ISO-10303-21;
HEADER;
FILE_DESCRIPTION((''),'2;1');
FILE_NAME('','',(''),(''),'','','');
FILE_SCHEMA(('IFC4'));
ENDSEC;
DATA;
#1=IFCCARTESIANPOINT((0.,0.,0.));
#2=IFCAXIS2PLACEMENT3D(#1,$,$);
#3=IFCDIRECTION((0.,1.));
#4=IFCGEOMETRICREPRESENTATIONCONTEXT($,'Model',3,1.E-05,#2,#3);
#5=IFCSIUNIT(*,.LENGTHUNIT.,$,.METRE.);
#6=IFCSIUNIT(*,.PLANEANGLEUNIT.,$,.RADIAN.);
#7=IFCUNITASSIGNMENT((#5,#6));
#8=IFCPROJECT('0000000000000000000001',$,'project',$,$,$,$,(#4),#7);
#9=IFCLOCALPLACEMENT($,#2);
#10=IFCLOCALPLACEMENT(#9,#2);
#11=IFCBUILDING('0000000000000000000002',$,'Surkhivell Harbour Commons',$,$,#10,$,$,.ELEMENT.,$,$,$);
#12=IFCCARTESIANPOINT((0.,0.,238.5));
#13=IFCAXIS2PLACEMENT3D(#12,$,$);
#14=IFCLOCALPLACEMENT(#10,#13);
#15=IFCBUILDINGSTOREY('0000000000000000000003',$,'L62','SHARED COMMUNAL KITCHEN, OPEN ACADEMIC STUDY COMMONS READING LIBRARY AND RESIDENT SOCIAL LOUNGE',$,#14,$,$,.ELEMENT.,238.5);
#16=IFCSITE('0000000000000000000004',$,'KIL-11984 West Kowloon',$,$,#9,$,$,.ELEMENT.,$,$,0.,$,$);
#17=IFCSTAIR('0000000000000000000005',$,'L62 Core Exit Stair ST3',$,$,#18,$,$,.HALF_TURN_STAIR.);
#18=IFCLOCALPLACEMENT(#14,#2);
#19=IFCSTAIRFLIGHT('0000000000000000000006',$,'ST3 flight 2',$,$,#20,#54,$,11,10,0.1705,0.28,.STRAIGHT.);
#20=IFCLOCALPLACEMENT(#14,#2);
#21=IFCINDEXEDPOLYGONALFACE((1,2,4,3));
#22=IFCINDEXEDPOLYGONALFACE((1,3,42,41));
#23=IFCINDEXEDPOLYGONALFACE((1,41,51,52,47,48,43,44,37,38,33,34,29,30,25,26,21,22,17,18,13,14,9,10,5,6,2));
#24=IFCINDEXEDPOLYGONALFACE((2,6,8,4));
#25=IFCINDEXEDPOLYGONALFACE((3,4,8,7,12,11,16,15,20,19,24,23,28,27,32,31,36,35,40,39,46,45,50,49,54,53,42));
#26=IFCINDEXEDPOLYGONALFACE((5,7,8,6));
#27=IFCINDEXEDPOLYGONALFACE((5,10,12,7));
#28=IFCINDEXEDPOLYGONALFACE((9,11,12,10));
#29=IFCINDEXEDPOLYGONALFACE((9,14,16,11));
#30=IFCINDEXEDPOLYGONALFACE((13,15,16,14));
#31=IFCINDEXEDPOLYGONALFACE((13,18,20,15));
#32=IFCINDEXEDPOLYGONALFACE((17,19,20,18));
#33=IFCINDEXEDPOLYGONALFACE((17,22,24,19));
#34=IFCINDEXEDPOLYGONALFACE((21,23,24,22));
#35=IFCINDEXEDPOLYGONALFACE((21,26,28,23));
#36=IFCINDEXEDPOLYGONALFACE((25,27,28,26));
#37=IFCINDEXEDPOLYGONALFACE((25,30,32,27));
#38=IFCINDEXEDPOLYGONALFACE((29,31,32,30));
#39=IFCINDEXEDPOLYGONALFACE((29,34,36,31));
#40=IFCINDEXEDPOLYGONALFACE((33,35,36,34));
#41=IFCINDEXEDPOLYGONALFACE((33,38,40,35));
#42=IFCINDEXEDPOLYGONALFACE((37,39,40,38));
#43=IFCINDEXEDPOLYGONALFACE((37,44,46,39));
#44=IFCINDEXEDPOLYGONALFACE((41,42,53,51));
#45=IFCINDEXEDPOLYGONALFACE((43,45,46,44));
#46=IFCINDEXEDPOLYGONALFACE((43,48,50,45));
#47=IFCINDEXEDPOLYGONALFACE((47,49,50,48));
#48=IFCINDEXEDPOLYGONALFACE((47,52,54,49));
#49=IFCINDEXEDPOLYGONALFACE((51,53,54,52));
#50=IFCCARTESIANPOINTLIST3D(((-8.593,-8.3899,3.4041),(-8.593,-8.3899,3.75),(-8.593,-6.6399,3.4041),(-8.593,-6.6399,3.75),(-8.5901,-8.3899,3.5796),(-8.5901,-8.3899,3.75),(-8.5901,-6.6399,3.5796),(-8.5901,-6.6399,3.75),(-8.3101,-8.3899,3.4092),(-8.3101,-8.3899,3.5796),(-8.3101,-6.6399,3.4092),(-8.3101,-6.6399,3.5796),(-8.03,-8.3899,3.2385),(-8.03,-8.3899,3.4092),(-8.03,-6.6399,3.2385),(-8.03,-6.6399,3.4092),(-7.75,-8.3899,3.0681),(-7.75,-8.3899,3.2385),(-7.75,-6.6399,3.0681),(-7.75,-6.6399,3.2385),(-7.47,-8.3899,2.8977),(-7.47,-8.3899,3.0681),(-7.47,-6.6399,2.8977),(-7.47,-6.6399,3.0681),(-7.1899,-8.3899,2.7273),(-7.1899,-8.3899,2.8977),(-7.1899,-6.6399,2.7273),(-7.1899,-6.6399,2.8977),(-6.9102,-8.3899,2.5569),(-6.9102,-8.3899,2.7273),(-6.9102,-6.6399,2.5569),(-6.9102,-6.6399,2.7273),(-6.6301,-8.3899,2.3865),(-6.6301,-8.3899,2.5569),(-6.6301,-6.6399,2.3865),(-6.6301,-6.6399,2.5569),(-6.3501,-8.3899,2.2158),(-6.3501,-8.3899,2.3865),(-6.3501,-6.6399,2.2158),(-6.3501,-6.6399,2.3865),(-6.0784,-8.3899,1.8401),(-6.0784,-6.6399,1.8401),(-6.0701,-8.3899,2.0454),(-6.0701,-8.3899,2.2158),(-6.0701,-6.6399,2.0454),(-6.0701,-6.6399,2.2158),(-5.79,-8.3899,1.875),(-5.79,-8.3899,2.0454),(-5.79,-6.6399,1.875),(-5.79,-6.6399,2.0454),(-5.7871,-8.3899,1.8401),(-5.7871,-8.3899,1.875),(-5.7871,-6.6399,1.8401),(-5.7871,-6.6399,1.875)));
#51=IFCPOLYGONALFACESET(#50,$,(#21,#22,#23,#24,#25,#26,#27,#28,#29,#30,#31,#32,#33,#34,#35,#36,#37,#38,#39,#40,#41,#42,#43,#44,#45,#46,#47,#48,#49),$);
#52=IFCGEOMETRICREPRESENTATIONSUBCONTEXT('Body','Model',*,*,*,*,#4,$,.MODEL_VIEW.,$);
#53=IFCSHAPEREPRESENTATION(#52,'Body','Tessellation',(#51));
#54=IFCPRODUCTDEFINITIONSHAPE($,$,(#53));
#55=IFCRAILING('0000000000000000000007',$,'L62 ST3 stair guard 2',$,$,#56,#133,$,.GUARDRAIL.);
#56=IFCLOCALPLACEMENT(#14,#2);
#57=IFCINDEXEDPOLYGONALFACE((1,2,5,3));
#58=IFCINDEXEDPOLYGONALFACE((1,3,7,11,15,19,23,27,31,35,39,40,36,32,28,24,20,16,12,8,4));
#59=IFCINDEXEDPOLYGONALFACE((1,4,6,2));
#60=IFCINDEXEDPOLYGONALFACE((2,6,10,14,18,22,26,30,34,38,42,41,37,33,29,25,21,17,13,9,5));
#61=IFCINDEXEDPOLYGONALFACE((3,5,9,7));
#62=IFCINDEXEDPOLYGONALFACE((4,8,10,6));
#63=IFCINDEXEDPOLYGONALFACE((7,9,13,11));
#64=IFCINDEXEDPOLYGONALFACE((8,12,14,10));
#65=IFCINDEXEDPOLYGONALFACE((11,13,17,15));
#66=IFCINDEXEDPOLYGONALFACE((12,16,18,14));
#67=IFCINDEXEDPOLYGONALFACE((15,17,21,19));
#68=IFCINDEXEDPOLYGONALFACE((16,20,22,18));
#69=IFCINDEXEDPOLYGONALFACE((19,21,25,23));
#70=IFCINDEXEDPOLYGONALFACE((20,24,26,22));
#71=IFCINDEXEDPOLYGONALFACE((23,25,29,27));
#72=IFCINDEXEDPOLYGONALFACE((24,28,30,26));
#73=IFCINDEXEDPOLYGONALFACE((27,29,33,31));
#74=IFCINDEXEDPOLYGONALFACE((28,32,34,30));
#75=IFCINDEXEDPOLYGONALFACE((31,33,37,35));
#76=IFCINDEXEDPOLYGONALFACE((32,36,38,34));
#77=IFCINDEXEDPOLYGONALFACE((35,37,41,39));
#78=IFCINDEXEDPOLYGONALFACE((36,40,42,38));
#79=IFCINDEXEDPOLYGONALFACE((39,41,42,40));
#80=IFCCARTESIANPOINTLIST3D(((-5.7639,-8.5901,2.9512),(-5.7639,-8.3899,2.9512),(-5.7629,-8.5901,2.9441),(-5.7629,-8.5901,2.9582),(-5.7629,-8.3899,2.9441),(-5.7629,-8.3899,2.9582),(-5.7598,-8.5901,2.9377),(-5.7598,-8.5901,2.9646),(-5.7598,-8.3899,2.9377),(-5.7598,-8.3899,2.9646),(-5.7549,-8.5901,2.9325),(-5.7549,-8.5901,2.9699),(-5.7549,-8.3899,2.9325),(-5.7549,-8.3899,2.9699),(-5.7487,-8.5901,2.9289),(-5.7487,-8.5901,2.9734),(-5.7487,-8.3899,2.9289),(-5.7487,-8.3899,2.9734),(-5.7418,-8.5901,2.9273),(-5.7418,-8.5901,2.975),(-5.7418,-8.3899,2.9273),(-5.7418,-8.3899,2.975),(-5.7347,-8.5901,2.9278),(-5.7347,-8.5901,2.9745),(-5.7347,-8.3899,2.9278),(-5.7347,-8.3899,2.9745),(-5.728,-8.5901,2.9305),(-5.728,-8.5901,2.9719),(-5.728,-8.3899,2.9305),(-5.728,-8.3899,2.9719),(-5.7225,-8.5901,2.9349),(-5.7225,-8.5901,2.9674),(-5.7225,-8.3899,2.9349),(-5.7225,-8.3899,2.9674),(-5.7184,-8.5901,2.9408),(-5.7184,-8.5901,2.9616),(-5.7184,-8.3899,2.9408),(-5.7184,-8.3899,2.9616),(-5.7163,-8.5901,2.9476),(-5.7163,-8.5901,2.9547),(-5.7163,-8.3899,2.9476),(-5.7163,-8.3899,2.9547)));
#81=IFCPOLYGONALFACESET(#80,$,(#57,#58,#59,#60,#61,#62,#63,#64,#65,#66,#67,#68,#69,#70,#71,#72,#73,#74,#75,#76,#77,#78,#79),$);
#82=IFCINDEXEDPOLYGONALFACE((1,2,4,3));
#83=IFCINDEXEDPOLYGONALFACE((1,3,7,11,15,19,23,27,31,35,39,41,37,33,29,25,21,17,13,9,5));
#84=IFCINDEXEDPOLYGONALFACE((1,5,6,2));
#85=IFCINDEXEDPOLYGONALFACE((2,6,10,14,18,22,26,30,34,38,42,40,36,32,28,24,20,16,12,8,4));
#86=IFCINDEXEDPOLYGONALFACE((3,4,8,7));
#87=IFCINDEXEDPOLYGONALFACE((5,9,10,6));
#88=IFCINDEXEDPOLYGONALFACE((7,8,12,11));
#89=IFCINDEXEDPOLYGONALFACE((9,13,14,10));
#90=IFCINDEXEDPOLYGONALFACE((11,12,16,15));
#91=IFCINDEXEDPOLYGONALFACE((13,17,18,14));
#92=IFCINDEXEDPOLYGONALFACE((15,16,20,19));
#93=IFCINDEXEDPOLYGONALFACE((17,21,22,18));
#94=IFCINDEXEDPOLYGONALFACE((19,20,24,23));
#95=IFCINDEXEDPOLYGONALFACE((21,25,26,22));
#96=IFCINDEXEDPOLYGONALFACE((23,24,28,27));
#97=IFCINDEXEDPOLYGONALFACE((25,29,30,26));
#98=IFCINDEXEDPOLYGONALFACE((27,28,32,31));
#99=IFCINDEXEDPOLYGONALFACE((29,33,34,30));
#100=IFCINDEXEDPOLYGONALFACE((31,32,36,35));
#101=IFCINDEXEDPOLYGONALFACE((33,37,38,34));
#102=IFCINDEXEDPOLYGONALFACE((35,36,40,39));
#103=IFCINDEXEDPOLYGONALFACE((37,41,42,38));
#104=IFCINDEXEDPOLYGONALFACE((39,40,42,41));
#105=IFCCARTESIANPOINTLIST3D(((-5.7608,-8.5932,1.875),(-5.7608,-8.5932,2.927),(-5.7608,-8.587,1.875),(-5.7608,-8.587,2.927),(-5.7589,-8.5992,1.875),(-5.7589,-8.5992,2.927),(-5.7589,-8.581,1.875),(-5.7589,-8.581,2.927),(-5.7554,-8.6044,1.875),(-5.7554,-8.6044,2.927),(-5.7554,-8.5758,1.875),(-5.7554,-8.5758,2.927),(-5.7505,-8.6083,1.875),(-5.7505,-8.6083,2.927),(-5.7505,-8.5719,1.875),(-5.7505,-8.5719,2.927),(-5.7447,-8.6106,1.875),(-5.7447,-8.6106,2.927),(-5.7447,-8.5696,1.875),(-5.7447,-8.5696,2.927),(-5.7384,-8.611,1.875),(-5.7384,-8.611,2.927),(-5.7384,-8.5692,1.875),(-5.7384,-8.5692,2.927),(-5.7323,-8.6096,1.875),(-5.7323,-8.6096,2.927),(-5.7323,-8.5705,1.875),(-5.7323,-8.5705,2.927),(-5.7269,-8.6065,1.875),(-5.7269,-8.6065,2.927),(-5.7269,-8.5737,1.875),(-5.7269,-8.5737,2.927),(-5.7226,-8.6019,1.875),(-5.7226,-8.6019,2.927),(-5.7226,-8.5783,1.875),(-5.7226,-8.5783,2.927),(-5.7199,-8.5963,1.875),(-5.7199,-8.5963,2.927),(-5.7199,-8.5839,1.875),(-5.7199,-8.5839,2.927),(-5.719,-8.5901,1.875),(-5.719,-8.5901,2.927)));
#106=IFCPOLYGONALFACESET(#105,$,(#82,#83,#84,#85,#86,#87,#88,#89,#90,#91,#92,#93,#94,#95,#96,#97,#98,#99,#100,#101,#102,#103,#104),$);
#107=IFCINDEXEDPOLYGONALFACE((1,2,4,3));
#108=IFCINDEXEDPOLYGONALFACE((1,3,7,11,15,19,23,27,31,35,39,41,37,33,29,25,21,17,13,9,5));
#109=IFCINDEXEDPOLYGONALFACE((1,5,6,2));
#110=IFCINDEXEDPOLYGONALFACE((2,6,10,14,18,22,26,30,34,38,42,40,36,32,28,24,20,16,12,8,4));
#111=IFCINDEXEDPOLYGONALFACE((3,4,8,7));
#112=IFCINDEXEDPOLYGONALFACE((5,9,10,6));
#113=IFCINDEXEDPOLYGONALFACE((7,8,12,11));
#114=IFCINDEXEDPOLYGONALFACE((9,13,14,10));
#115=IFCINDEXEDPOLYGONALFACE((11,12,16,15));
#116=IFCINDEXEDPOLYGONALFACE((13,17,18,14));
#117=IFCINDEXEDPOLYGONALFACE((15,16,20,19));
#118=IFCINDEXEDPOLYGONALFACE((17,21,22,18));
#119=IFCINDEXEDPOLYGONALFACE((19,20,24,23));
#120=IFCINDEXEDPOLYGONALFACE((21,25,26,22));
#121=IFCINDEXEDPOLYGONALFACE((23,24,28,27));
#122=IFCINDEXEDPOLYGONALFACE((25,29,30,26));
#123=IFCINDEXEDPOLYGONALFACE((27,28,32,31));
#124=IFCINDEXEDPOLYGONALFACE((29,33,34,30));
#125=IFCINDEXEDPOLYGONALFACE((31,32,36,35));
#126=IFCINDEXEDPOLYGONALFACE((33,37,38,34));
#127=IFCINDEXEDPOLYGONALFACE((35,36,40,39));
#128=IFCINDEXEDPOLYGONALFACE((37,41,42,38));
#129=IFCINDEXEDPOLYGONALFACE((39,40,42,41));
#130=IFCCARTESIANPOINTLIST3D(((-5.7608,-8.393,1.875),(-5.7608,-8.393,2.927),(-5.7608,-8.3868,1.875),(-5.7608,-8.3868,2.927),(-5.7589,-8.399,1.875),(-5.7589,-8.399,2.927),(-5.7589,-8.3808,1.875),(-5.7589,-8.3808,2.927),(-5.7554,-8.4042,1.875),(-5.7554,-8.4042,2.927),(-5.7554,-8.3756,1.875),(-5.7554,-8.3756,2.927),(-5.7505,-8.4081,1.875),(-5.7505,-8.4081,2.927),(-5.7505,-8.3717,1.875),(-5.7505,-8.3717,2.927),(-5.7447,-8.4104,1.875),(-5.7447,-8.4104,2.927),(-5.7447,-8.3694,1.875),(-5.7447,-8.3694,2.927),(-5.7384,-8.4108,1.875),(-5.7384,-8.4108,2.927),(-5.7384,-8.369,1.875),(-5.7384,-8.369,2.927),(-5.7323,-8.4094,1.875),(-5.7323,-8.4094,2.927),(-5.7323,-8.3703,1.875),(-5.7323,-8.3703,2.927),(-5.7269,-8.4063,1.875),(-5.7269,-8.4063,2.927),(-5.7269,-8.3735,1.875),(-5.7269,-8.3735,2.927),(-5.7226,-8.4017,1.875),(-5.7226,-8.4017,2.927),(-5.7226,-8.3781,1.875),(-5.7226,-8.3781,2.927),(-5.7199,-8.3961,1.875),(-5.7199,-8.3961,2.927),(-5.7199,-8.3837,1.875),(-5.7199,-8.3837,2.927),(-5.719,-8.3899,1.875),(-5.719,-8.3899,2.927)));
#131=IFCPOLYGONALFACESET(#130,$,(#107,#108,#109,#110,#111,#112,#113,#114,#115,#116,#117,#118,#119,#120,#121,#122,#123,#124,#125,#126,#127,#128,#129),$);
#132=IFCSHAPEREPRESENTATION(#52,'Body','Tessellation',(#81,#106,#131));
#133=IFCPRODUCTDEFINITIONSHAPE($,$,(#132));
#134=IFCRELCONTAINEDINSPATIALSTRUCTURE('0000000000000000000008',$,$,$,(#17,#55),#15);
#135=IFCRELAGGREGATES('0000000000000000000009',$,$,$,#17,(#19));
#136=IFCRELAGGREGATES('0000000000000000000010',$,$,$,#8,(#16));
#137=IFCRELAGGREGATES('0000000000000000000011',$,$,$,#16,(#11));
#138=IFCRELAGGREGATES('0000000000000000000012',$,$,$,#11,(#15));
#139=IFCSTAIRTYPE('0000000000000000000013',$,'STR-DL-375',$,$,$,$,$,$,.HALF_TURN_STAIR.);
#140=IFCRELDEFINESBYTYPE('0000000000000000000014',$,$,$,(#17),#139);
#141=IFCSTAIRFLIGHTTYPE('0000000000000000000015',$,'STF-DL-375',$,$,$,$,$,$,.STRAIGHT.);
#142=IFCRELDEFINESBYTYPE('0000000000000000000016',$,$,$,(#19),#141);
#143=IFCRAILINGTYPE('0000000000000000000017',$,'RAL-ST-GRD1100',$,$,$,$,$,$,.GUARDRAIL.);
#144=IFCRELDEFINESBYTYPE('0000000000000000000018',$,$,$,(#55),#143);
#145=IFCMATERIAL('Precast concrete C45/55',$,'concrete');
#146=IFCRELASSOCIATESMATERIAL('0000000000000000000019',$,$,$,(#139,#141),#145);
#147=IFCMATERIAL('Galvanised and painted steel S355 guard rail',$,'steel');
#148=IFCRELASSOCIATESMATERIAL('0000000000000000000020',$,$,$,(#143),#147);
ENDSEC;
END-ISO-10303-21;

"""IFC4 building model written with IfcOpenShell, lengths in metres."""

from ifc_helpers import new_model, si_unit, direction, frame, origin, origin_2d, place, context, subcontext, project, spatial, polyline, circle, outline, extrude, material, type_object, element, aggregate, save


model = new_model("IFC4")

# Units and contexts
model_context = context("Model", 3, precision=1e-05, world=origin(), true_north=direction((0.0, 1.0)))
body_context = subcontext(model_context, "Body", "Model", "MODEL_VIEW")
ifc_project = project(units=[si_unit("LENGTHUNIT", "METRE"), si_unit("PLANEANGLEUNIT", "RADIAN")], contexts=[model_context])

# Site, building, storey
site_placement = place(None, origin())
site = spatial("IfcSite", under=ifc_project, at=site_placement, Name="KIL-11984 West Kowloon", CompositionType="ELEMENT", RefElevation=0.0)
building_placement = place(site_placement, origin())
building = spatial("IfcBuilding", under=site, at=building_placement, Name="Surkhivell Harbour Commons", CompositionType="ELEMENT")
storey_placement = place(building_placement, frame((0.0, 0.0, 238.5)))
storey = spatial("IfcBuildingStorey", under=building, at=storey_placement, Name="L62", Description="SHARED COMMUNAL KITCHEN, OPEN ACADEMIC STUDY COMMONS READING LIBRARY AND RESIDENT SOCIAL LOUNGE", CompositionType="ELEMENT", Elevation=238.5)

# Stair, stair flight
ifc_material_1 = material(Name="Precast concrete C45/55", Category="concrete")
stair_type = type_object("IfcStairType", Name="STR-DL-375", PredefinedType="HALF_TURN_STAIR", material=ifc_material_1)
stair_placement = place(storey_placement, origin())
stair = element("IfcStair", 1, at=stair_placement, inside=storey, type_object=stair_type, Name="L62 Core Exit Stair ST3", PredefinedType="HALF_TURN_STAIR")
stair_flight_type = type_object("IfcStairFlightType", Name="STF-DL-375", PredefinedType="STRAIGHT", material=ifc_material_1)
stair_flight_placement = place(storey_placement, frame((-5.79, -7.5149, 1.875), z_axis=(0.0, 0.0, 1.0), x_axis=(-1.0, 0.0, 0.0)))
stair_flight = element("IfcStairFlight", 2, at=stair_flight_placement, type_object=stair_flight_type, Name="ST3 flight 2", NumberOfRisers=11, NumberOfTreads=10, PredefinedType="STRAIGHT", RiserHeight=0.1705, TreadLength=0.28, context=body_context, shape_type="SweptSolid", body=[
    extrude(outline(polyline([(-0.0029, -0.0349), (-0.0029, 0.0), (0.0, 0.0), (0.0, 0.1704), (0.28, 0.1704), (0.28, 0.3408), (0.5601, 0.3408), (0.5601, 0.5115), (0.8401, 0.5115), (0.8401, 0.6819), (1.1201, 0.6819), (1.1201, 0.8523), (1.3999, 0.8523), (1.3999, 1.0227), (1.6799, 1.0227), (1.6799, 1.1931), (1.96, 1.1931), (1.96, 1.3635), (2.24, 1.3635), (2.24, 1.5342), (2.52, 1.5342), (2.52, 1.7046), (2.8, 1.7046), (2.8, 1.875), (2.803, 1.875), (2.803, 1.5291), (0.2883, -0.0349), (-0.0029, -0.0349)])), frame((0.0, 0.875, 0.0), z_axis=(0.0, -1.0, 0.0), x_axis=(1.0, 0.0, 0.0)), (0.0, 0.0, 1.0), 1.75),
])
aggregate(stair, [stair_flight])

# Railing
ifc_material_2 = material(Name="Galvanised and painted steel S355 guard rail", Category="steel")
railing_type_1 = type_object("IfcRailingType", Name="RAL-ST-GRD1100", PredefinedType="GUARDRAIL", material=ifc_material_2)
railing_1_placement = place(storey_placement, frame((-5.74, -8.5901, 1.875)))
element("IfcRailing", 3, at=railing_1_placement, inside=storey, type_object=railing_type_1, Name="L62 ST3 stair guard 2", PredefinedType="GUARDRAIL", context=body_context, shape_type="SweptSolid", body=[
    extrude(circle(Radius=0.0239, at=origin_2d()), frame((0.0, 0.0, 1.0762), z_axis=(0.0, 1.0, 0.0), x_axis=(-1.0, 0.0, 0.0)), (0.0, 0.0, 1.0), 0.2002),
    extrude(circle(Radius=0.021, at=origin_2d()), origin(), (0.0, 0.0, 1.0), 1.052),
    extrude(circle(Radius=0.021, at=origin_2d()), frame((0.0, 0.2002, 0.0)), (0.0, 0.0, 1.0), 1.052),
])

save(model, "model.ifc")
